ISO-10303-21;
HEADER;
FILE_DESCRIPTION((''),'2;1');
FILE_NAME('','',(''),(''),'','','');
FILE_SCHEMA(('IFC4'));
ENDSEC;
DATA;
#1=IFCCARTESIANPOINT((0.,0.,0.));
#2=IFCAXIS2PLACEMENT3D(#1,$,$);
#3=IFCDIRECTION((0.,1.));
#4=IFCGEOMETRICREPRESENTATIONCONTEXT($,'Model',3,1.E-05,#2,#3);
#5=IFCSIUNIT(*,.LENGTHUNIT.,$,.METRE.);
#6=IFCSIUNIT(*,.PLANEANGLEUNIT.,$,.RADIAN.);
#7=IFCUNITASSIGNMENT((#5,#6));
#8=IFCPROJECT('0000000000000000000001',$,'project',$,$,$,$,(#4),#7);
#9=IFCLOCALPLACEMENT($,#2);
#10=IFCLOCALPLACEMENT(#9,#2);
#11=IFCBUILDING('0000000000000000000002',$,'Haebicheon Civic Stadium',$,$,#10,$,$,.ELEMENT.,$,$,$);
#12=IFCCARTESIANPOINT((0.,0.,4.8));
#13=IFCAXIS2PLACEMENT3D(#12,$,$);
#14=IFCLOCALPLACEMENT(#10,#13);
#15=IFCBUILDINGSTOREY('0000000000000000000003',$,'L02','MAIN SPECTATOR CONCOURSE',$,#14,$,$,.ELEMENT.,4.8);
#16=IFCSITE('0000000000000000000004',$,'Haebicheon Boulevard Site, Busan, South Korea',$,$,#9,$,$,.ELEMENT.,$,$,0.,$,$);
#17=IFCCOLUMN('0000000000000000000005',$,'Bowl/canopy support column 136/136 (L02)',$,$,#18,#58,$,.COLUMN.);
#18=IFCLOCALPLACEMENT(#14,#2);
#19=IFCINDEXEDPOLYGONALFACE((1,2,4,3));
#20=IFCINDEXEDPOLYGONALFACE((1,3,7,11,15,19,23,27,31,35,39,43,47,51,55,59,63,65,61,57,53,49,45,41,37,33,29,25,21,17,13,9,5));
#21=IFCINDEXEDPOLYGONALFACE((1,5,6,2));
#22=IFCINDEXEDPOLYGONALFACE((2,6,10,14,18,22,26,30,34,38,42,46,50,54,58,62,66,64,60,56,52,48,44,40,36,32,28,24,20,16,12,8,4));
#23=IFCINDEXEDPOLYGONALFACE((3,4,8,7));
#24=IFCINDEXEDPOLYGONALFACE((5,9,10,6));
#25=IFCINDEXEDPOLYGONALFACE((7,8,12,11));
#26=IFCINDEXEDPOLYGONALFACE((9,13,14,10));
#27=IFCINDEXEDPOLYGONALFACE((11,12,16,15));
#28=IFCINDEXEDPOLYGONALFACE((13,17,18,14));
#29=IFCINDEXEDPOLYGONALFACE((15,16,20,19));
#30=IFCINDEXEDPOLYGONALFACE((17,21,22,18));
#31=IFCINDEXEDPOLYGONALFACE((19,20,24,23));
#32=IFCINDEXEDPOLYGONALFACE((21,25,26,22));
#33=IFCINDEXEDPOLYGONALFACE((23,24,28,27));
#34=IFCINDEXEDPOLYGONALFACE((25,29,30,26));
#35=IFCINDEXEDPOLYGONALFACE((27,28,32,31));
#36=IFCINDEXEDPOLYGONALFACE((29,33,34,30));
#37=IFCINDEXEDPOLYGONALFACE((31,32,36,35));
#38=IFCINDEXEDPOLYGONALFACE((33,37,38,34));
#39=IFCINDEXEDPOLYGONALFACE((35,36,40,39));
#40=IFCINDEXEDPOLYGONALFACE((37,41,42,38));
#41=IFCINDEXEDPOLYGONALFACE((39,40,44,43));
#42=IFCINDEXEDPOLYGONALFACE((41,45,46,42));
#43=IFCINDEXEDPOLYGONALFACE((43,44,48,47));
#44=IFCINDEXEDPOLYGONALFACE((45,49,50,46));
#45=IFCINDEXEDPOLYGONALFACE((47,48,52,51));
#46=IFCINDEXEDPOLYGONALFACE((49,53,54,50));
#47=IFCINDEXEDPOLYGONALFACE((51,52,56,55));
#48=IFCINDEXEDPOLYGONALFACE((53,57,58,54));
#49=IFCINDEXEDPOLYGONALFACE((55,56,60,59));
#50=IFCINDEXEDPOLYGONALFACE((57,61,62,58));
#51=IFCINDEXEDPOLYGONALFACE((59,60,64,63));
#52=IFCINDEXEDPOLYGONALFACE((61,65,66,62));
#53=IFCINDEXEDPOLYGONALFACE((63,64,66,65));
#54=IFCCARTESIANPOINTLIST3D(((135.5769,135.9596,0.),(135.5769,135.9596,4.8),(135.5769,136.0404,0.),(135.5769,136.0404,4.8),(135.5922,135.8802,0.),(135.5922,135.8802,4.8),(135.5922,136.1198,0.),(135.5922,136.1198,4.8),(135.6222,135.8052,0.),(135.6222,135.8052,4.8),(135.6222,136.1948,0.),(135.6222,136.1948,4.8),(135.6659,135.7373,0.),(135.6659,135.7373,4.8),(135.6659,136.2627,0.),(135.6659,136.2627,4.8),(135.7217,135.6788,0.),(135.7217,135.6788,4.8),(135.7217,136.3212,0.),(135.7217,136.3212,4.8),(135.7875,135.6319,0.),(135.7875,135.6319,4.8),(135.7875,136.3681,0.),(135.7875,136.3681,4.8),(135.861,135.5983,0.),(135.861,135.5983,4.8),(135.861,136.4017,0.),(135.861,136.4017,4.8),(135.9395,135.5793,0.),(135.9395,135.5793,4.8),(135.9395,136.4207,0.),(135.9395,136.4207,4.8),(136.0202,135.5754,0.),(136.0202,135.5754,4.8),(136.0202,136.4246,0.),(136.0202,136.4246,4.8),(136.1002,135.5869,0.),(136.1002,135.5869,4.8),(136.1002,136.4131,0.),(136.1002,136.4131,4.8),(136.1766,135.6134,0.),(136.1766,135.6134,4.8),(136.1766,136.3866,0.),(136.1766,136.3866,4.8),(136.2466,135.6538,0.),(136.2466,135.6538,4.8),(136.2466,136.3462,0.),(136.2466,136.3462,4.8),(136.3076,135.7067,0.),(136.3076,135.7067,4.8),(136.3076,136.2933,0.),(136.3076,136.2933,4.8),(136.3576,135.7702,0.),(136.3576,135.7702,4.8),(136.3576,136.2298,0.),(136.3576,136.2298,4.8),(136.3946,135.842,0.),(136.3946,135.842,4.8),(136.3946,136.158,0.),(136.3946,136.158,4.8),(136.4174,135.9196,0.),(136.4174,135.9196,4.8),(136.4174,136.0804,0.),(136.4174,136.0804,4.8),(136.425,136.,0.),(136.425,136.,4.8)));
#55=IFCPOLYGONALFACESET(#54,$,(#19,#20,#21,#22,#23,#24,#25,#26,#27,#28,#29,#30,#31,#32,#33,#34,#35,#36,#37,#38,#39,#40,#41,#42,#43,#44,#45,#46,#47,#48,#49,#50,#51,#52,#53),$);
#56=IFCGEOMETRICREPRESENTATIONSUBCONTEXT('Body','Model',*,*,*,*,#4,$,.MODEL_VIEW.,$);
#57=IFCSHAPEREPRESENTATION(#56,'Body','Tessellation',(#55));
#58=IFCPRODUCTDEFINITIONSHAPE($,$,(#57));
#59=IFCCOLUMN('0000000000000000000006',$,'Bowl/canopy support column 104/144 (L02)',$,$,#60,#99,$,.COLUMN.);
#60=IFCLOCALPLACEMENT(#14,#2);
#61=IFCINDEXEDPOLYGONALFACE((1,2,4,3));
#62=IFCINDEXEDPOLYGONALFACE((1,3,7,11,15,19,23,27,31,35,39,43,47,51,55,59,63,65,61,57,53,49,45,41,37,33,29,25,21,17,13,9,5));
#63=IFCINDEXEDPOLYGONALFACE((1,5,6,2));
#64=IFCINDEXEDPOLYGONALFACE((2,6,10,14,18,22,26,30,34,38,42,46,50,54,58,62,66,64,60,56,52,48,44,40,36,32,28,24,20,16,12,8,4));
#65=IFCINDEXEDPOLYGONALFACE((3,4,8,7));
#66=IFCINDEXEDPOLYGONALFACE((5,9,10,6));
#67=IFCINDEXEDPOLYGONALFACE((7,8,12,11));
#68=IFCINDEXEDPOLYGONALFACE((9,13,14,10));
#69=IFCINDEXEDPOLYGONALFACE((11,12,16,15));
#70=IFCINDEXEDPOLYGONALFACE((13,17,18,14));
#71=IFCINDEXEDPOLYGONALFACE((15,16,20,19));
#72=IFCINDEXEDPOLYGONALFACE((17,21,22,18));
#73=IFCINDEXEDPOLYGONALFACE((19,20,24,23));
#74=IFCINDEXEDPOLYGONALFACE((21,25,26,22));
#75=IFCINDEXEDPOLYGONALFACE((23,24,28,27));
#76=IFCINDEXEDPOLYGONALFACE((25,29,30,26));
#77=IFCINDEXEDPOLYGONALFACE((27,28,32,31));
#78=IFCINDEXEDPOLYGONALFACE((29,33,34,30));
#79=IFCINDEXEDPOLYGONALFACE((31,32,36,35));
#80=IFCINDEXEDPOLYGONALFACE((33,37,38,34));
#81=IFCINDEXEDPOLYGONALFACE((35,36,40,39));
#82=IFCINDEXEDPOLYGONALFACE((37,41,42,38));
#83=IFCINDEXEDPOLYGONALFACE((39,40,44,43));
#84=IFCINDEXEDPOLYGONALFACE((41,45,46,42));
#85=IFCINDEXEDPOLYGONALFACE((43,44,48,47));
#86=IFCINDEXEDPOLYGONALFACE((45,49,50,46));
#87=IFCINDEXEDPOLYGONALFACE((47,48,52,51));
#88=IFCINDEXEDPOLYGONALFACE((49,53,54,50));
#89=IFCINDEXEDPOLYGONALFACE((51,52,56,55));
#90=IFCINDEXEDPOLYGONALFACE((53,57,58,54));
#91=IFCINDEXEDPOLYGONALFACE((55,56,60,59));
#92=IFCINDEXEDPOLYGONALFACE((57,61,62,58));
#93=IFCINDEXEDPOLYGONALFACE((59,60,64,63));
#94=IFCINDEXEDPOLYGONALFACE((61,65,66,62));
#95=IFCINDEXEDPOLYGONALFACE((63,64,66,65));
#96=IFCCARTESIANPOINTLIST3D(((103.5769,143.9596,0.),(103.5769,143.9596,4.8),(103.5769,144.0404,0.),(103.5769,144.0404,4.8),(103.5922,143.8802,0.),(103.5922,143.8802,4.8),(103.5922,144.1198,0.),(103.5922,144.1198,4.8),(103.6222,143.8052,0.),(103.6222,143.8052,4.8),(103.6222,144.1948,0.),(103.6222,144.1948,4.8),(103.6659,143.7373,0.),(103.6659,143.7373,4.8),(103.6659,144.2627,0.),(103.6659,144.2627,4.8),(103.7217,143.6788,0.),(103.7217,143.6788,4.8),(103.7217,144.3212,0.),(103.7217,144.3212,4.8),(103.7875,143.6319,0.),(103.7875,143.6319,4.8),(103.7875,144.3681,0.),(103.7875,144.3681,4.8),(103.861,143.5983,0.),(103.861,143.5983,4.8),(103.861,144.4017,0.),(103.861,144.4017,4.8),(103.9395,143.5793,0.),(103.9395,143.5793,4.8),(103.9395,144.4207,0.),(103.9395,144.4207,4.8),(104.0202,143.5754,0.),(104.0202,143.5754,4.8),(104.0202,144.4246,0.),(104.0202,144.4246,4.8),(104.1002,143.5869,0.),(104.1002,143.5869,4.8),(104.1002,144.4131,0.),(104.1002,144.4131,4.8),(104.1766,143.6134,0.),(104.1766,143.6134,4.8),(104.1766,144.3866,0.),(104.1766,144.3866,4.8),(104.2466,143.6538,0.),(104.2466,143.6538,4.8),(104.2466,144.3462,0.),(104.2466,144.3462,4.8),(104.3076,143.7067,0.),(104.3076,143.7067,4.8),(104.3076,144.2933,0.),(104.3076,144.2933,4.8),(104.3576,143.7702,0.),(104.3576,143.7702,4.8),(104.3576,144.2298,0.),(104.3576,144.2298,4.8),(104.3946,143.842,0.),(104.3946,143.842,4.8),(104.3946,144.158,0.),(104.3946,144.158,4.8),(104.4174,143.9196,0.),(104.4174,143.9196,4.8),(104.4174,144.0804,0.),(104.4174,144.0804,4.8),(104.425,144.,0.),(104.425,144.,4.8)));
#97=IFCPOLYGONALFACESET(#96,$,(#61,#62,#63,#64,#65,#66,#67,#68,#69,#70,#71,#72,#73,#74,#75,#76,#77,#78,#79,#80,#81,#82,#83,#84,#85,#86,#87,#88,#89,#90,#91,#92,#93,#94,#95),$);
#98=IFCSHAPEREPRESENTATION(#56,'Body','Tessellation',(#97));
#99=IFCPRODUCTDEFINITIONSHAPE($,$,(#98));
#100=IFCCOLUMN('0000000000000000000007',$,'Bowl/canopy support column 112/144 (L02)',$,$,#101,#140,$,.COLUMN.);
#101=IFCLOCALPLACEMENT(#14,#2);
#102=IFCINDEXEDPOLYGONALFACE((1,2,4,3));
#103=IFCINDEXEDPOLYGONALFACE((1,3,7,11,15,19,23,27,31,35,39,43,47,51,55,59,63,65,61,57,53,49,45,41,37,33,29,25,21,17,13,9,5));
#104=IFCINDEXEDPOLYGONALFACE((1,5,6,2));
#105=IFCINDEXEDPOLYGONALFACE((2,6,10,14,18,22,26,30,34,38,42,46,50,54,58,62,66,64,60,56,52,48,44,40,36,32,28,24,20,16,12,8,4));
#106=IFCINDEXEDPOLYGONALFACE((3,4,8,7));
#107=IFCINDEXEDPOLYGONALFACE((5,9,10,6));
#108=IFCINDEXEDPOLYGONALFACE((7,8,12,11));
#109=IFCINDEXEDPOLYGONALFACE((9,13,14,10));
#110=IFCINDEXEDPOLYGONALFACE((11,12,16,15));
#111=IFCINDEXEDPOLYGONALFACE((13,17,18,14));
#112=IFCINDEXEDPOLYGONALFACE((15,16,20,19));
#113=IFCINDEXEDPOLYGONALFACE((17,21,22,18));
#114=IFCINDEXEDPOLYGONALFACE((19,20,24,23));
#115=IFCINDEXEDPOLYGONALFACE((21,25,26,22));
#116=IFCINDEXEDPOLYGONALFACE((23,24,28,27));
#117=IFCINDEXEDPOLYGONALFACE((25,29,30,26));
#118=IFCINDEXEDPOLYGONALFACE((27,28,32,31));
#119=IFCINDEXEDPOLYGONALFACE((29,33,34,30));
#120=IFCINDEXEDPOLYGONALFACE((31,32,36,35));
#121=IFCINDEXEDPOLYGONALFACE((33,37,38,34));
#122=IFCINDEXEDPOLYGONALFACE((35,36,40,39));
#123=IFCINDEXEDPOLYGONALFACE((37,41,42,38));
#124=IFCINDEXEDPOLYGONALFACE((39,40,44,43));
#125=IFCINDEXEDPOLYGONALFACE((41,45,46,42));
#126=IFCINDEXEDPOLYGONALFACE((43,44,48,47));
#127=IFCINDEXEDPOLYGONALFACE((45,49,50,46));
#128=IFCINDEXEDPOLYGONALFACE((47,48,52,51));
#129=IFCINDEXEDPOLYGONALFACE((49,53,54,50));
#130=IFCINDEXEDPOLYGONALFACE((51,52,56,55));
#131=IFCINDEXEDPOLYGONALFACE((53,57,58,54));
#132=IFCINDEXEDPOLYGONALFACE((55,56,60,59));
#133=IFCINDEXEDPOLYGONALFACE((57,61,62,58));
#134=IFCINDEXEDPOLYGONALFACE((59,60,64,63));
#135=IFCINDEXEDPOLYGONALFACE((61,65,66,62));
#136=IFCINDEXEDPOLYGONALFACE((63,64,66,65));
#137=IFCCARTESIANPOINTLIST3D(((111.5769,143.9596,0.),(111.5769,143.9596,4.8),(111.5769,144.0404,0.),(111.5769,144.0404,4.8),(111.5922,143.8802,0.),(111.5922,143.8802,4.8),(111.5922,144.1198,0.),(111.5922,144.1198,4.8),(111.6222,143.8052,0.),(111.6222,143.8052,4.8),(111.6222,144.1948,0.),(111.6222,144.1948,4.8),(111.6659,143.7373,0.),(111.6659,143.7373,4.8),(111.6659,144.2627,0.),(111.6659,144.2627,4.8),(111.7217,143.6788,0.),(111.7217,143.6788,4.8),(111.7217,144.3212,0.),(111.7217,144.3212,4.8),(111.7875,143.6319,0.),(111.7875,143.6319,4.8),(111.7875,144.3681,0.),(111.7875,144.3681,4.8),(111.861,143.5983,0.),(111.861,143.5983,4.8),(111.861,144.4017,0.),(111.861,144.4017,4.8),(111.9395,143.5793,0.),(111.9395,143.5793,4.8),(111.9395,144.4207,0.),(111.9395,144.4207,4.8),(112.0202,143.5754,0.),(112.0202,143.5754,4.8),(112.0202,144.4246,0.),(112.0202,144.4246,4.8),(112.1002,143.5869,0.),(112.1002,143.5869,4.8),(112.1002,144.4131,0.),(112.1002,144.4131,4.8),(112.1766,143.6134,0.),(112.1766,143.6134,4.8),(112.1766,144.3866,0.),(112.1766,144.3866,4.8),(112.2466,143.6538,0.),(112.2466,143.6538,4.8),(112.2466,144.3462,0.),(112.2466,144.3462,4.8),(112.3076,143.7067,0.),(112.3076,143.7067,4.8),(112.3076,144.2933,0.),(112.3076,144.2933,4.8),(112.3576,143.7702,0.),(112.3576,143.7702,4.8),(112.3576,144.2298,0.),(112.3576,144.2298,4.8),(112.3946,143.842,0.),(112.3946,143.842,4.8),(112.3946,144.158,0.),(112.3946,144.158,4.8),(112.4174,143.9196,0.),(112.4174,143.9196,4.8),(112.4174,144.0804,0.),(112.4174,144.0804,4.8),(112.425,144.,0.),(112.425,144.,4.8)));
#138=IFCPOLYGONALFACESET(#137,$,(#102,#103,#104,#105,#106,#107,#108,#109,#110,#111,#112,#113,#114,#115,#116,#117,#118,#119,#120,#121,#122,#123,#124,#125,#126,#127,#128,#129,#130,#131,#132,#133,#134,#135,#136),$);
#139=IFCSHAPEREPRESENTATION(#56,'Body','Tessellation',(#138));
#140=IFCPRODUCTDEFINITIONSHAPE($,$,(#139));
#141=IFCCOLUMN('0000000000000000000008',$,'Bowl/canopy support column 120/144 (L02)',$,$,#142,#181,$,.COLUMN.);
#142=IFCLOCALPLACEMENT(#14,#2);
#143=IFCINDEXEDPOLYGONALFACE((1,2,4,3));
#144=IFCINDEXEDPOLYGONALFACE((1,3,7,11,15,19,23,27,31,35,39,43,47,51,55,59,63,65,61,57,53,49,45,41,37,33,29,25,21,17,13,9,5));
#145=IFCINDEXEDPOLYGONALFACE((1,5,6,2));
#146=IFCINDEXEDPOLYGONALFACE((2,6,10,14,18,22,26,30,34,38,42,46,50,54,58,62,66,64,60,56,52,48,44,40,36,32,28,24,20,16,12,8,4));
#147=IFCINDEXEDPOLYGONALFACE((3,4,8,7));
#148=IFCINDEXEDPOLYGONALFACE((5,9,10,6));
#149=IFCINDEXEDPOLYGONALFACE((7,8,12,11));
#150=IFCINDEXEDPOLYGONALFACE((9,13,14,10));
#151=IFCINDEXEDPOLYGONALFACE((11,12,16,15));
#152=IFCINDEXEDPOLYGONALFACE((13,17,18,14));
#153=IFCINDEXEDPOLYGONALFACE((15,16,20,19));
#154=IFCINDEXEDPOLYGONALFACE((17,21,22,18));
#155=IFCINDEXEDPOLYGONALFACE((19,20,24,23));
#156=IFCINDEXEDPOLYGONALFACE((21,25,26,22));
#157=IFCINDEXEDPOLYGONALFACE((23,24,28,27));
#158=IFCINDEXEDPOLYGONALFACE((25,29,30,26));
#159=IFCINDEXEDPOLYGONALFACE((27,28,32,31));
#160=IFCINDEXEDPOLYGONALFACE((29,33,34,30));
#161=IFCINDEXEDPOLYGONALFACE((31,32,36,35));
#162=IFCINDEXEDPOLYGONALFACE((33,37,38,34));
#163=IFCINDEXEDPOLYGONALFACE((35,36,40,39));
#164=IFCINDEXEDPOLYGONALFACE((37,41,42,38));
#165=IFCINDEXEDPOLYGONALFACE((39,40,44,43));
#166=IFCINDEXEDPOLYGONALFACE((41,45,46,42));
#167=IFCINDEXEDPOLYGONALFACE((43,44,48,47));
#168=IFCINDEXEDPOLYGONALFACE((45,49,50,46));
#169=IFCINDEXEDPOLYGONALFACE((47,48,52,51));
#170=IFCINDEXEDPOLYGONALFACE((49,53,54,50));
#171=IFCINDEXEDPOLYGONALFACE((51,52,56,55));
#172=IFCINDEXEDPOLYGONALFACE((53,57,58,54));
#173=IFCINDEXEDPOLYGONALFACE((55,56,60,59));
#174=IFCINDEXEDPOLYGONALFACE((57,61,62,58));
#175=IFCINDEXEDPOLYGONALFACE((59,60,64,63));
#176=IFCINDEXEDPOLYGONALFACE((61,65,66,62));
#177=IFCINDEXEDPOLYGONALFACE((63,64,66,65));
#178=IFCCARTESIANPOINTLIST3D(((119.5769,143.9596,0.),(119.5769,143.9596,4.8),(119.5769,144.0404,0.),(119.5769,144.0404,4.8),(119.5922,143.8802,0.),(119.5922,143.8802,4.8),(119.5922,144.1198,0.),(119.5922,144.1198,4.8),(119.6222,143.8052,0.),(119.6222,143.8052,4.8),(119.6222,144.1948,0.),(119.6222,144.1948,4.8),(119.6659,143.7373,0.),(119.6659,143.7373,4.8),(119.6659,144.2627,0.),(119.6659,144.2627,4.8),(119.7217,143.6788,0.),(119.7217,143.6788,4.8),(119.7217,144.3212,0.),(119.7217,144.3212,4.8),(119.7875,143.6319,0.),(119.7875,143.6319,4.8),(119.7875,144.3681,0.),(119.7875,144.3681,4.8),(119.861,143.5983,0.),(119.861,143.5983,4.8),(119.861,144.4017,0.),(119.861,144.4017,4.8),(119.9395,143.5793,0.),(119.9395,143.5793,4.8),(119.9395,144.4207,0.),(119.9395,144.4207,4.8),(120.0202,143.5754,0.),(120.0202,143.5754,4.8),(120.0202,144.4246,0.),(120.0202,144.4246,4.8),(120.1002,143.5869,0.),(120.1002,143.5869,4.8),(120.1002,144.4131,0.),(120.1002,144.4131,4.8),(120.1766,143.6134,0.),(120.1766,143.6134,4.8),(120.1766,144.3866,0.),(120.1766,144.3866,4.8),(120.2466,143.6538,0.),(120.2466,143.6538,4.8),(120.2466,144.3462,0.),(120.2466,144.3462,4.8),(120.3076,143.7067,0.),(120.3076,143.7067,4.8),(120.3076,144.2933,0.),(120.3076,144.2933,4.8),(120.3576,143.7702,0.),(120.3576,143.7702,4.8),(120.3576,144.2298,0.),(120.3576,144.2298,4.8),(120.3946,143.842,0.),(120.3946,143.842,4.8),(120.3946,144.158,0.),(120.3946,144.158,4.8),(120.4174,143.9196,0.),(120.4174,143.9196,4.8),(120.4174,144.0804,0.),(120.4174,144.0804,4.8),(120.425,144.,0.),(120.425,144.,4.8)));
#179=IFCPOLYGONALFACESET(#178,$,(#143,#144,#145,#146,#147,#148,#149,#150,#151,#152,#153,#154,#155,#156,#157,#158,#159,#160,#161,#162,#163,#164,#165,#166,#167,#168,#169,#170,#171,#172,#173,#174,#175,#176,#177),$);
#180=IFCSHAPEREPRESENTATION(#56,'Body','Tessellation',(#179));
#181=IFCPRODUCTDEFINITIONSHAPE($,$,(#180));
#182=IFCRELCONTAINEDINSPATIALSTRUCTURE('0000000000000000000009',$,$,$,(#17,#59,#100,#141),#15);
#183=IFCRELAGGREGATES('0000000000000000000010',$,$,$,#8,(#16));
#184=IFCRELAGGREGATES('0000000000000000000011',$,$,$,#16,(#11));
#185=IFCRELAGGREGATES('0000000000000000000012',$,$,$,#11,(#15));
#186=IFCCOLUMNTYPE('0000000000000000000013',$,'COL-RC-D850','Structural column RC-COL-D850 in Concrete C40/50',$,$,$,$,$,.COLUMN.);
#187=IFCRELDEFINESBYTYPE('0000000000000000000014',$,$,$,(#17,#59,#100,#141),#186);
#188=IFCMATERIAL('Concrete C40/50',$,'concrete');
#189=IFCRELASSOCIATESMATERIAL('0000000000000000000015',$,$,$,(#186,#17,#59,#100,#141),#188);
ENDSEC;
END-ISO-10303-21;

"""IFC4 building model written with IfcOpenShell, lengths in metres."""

from ifc_helpers import new_model, si_unit, direction, frame, origin, origin_2d, place, context, subcontext, project, spatial, circle, extrude, material, material_profile, profile_set, type_object, element, save


model = new_model("IFC4")

# Units and contexts
model_context = context("Model", 3, precision=1e-05, world=origin(), true_north=direction((0.0, 1.0)))
body_context = subcontext(model_context, "Body", "Model", "MODEL_VIEW")
ifc_project = project(units=[si_unit("LENGTHUNIT", "METRE"), si_unit("PLANEANGLEUNIT", "RADIAN")], contexts=[model_context])

# Site, building, storey
site_placement = place(None, origin())
site = spatial("IfcSite", under=ifc_project, at=site_placement, Name="Haebicheon Boulevard Site, Busan, South Korea", CompositionType="ELEMENT", RefElevation=0.0)
building_placement = place(site_placement, origin())
building = spatial("IfcBuilding", under=site, at=building_placement, Name="Haebicheon Civic Stadium", CompositionType="ELEMENT")
storey_placement = place(building_placement, frame((0.0, 0.0, 4.8)))
storey = spatial("IfcBuildingStorey", under=building, at=storey_placement, Name="L02", Description="MAIN SPECTATOR CONCOURSE", CompositionType="ELEMENT", Elevation=4.8)

# Columns
ifc_material_1 = material(Name="Concrete C40/50", Category="concrete")
ifc_material_profile_1 = material_profile(ifc_material_1, circle(Radius=0.425, at=origin_2d()), Name="RC-COL-D850")
ifc_profile_set_1 = profile_set([ifc_material_profile_1], Name="Concrete C40/50")
column_type_1 = type_object("IfcColumnType", Name="COL-RC-D850", Description="Structural column RC-COL-D850 in Concrete C40/50", PredefinedType="COLUMN", material=ifc_profile_set_1)
for number, where, z_axis, x_axis, name in (
    (1, (136.0, 136.0, 0.0), (0.0, 0.0, 1.0), (1.0, 0.0, 0.0), "Bowl/canopy support column 136/136 (L02)"),
    (2, (104.0, 144.0, 0.0), (0.0, 0.0, 1.0), (1.0, 0.0, 0.0), "Bowl/canopy support column 104/144 (L02)"),
    (3, (112.0, 144.0, 0.0), (0.0, 0.0, 1.0), (1.0, 0.0, 0.0), "Bowl/canopy support column 112/144 (L02)"),
    (4, (120.0, 144.0, 0.0), (0.0, 0.0, 1.0), (1.0, 0.0, 0.0), "Bowl/canopy support column 120/144 (L02)"),
):
    element("IfcColumn", number, at=place(storey_placement, frame(where, z_axis=z_axis, x_axis=x_axis)), inside=storey, type_object=column_type_1, material=ifc_profile_set_1, Name=name, PredefinedType="COLUMN", context=body_context, shape_type="SweptSolid", body=[
        extrude(circle(Radius=0.425, at=origin_2d()), origin(), (0.0, 0.0, 1.0), 4.8),
    ])

save(model, "model.ifc")
